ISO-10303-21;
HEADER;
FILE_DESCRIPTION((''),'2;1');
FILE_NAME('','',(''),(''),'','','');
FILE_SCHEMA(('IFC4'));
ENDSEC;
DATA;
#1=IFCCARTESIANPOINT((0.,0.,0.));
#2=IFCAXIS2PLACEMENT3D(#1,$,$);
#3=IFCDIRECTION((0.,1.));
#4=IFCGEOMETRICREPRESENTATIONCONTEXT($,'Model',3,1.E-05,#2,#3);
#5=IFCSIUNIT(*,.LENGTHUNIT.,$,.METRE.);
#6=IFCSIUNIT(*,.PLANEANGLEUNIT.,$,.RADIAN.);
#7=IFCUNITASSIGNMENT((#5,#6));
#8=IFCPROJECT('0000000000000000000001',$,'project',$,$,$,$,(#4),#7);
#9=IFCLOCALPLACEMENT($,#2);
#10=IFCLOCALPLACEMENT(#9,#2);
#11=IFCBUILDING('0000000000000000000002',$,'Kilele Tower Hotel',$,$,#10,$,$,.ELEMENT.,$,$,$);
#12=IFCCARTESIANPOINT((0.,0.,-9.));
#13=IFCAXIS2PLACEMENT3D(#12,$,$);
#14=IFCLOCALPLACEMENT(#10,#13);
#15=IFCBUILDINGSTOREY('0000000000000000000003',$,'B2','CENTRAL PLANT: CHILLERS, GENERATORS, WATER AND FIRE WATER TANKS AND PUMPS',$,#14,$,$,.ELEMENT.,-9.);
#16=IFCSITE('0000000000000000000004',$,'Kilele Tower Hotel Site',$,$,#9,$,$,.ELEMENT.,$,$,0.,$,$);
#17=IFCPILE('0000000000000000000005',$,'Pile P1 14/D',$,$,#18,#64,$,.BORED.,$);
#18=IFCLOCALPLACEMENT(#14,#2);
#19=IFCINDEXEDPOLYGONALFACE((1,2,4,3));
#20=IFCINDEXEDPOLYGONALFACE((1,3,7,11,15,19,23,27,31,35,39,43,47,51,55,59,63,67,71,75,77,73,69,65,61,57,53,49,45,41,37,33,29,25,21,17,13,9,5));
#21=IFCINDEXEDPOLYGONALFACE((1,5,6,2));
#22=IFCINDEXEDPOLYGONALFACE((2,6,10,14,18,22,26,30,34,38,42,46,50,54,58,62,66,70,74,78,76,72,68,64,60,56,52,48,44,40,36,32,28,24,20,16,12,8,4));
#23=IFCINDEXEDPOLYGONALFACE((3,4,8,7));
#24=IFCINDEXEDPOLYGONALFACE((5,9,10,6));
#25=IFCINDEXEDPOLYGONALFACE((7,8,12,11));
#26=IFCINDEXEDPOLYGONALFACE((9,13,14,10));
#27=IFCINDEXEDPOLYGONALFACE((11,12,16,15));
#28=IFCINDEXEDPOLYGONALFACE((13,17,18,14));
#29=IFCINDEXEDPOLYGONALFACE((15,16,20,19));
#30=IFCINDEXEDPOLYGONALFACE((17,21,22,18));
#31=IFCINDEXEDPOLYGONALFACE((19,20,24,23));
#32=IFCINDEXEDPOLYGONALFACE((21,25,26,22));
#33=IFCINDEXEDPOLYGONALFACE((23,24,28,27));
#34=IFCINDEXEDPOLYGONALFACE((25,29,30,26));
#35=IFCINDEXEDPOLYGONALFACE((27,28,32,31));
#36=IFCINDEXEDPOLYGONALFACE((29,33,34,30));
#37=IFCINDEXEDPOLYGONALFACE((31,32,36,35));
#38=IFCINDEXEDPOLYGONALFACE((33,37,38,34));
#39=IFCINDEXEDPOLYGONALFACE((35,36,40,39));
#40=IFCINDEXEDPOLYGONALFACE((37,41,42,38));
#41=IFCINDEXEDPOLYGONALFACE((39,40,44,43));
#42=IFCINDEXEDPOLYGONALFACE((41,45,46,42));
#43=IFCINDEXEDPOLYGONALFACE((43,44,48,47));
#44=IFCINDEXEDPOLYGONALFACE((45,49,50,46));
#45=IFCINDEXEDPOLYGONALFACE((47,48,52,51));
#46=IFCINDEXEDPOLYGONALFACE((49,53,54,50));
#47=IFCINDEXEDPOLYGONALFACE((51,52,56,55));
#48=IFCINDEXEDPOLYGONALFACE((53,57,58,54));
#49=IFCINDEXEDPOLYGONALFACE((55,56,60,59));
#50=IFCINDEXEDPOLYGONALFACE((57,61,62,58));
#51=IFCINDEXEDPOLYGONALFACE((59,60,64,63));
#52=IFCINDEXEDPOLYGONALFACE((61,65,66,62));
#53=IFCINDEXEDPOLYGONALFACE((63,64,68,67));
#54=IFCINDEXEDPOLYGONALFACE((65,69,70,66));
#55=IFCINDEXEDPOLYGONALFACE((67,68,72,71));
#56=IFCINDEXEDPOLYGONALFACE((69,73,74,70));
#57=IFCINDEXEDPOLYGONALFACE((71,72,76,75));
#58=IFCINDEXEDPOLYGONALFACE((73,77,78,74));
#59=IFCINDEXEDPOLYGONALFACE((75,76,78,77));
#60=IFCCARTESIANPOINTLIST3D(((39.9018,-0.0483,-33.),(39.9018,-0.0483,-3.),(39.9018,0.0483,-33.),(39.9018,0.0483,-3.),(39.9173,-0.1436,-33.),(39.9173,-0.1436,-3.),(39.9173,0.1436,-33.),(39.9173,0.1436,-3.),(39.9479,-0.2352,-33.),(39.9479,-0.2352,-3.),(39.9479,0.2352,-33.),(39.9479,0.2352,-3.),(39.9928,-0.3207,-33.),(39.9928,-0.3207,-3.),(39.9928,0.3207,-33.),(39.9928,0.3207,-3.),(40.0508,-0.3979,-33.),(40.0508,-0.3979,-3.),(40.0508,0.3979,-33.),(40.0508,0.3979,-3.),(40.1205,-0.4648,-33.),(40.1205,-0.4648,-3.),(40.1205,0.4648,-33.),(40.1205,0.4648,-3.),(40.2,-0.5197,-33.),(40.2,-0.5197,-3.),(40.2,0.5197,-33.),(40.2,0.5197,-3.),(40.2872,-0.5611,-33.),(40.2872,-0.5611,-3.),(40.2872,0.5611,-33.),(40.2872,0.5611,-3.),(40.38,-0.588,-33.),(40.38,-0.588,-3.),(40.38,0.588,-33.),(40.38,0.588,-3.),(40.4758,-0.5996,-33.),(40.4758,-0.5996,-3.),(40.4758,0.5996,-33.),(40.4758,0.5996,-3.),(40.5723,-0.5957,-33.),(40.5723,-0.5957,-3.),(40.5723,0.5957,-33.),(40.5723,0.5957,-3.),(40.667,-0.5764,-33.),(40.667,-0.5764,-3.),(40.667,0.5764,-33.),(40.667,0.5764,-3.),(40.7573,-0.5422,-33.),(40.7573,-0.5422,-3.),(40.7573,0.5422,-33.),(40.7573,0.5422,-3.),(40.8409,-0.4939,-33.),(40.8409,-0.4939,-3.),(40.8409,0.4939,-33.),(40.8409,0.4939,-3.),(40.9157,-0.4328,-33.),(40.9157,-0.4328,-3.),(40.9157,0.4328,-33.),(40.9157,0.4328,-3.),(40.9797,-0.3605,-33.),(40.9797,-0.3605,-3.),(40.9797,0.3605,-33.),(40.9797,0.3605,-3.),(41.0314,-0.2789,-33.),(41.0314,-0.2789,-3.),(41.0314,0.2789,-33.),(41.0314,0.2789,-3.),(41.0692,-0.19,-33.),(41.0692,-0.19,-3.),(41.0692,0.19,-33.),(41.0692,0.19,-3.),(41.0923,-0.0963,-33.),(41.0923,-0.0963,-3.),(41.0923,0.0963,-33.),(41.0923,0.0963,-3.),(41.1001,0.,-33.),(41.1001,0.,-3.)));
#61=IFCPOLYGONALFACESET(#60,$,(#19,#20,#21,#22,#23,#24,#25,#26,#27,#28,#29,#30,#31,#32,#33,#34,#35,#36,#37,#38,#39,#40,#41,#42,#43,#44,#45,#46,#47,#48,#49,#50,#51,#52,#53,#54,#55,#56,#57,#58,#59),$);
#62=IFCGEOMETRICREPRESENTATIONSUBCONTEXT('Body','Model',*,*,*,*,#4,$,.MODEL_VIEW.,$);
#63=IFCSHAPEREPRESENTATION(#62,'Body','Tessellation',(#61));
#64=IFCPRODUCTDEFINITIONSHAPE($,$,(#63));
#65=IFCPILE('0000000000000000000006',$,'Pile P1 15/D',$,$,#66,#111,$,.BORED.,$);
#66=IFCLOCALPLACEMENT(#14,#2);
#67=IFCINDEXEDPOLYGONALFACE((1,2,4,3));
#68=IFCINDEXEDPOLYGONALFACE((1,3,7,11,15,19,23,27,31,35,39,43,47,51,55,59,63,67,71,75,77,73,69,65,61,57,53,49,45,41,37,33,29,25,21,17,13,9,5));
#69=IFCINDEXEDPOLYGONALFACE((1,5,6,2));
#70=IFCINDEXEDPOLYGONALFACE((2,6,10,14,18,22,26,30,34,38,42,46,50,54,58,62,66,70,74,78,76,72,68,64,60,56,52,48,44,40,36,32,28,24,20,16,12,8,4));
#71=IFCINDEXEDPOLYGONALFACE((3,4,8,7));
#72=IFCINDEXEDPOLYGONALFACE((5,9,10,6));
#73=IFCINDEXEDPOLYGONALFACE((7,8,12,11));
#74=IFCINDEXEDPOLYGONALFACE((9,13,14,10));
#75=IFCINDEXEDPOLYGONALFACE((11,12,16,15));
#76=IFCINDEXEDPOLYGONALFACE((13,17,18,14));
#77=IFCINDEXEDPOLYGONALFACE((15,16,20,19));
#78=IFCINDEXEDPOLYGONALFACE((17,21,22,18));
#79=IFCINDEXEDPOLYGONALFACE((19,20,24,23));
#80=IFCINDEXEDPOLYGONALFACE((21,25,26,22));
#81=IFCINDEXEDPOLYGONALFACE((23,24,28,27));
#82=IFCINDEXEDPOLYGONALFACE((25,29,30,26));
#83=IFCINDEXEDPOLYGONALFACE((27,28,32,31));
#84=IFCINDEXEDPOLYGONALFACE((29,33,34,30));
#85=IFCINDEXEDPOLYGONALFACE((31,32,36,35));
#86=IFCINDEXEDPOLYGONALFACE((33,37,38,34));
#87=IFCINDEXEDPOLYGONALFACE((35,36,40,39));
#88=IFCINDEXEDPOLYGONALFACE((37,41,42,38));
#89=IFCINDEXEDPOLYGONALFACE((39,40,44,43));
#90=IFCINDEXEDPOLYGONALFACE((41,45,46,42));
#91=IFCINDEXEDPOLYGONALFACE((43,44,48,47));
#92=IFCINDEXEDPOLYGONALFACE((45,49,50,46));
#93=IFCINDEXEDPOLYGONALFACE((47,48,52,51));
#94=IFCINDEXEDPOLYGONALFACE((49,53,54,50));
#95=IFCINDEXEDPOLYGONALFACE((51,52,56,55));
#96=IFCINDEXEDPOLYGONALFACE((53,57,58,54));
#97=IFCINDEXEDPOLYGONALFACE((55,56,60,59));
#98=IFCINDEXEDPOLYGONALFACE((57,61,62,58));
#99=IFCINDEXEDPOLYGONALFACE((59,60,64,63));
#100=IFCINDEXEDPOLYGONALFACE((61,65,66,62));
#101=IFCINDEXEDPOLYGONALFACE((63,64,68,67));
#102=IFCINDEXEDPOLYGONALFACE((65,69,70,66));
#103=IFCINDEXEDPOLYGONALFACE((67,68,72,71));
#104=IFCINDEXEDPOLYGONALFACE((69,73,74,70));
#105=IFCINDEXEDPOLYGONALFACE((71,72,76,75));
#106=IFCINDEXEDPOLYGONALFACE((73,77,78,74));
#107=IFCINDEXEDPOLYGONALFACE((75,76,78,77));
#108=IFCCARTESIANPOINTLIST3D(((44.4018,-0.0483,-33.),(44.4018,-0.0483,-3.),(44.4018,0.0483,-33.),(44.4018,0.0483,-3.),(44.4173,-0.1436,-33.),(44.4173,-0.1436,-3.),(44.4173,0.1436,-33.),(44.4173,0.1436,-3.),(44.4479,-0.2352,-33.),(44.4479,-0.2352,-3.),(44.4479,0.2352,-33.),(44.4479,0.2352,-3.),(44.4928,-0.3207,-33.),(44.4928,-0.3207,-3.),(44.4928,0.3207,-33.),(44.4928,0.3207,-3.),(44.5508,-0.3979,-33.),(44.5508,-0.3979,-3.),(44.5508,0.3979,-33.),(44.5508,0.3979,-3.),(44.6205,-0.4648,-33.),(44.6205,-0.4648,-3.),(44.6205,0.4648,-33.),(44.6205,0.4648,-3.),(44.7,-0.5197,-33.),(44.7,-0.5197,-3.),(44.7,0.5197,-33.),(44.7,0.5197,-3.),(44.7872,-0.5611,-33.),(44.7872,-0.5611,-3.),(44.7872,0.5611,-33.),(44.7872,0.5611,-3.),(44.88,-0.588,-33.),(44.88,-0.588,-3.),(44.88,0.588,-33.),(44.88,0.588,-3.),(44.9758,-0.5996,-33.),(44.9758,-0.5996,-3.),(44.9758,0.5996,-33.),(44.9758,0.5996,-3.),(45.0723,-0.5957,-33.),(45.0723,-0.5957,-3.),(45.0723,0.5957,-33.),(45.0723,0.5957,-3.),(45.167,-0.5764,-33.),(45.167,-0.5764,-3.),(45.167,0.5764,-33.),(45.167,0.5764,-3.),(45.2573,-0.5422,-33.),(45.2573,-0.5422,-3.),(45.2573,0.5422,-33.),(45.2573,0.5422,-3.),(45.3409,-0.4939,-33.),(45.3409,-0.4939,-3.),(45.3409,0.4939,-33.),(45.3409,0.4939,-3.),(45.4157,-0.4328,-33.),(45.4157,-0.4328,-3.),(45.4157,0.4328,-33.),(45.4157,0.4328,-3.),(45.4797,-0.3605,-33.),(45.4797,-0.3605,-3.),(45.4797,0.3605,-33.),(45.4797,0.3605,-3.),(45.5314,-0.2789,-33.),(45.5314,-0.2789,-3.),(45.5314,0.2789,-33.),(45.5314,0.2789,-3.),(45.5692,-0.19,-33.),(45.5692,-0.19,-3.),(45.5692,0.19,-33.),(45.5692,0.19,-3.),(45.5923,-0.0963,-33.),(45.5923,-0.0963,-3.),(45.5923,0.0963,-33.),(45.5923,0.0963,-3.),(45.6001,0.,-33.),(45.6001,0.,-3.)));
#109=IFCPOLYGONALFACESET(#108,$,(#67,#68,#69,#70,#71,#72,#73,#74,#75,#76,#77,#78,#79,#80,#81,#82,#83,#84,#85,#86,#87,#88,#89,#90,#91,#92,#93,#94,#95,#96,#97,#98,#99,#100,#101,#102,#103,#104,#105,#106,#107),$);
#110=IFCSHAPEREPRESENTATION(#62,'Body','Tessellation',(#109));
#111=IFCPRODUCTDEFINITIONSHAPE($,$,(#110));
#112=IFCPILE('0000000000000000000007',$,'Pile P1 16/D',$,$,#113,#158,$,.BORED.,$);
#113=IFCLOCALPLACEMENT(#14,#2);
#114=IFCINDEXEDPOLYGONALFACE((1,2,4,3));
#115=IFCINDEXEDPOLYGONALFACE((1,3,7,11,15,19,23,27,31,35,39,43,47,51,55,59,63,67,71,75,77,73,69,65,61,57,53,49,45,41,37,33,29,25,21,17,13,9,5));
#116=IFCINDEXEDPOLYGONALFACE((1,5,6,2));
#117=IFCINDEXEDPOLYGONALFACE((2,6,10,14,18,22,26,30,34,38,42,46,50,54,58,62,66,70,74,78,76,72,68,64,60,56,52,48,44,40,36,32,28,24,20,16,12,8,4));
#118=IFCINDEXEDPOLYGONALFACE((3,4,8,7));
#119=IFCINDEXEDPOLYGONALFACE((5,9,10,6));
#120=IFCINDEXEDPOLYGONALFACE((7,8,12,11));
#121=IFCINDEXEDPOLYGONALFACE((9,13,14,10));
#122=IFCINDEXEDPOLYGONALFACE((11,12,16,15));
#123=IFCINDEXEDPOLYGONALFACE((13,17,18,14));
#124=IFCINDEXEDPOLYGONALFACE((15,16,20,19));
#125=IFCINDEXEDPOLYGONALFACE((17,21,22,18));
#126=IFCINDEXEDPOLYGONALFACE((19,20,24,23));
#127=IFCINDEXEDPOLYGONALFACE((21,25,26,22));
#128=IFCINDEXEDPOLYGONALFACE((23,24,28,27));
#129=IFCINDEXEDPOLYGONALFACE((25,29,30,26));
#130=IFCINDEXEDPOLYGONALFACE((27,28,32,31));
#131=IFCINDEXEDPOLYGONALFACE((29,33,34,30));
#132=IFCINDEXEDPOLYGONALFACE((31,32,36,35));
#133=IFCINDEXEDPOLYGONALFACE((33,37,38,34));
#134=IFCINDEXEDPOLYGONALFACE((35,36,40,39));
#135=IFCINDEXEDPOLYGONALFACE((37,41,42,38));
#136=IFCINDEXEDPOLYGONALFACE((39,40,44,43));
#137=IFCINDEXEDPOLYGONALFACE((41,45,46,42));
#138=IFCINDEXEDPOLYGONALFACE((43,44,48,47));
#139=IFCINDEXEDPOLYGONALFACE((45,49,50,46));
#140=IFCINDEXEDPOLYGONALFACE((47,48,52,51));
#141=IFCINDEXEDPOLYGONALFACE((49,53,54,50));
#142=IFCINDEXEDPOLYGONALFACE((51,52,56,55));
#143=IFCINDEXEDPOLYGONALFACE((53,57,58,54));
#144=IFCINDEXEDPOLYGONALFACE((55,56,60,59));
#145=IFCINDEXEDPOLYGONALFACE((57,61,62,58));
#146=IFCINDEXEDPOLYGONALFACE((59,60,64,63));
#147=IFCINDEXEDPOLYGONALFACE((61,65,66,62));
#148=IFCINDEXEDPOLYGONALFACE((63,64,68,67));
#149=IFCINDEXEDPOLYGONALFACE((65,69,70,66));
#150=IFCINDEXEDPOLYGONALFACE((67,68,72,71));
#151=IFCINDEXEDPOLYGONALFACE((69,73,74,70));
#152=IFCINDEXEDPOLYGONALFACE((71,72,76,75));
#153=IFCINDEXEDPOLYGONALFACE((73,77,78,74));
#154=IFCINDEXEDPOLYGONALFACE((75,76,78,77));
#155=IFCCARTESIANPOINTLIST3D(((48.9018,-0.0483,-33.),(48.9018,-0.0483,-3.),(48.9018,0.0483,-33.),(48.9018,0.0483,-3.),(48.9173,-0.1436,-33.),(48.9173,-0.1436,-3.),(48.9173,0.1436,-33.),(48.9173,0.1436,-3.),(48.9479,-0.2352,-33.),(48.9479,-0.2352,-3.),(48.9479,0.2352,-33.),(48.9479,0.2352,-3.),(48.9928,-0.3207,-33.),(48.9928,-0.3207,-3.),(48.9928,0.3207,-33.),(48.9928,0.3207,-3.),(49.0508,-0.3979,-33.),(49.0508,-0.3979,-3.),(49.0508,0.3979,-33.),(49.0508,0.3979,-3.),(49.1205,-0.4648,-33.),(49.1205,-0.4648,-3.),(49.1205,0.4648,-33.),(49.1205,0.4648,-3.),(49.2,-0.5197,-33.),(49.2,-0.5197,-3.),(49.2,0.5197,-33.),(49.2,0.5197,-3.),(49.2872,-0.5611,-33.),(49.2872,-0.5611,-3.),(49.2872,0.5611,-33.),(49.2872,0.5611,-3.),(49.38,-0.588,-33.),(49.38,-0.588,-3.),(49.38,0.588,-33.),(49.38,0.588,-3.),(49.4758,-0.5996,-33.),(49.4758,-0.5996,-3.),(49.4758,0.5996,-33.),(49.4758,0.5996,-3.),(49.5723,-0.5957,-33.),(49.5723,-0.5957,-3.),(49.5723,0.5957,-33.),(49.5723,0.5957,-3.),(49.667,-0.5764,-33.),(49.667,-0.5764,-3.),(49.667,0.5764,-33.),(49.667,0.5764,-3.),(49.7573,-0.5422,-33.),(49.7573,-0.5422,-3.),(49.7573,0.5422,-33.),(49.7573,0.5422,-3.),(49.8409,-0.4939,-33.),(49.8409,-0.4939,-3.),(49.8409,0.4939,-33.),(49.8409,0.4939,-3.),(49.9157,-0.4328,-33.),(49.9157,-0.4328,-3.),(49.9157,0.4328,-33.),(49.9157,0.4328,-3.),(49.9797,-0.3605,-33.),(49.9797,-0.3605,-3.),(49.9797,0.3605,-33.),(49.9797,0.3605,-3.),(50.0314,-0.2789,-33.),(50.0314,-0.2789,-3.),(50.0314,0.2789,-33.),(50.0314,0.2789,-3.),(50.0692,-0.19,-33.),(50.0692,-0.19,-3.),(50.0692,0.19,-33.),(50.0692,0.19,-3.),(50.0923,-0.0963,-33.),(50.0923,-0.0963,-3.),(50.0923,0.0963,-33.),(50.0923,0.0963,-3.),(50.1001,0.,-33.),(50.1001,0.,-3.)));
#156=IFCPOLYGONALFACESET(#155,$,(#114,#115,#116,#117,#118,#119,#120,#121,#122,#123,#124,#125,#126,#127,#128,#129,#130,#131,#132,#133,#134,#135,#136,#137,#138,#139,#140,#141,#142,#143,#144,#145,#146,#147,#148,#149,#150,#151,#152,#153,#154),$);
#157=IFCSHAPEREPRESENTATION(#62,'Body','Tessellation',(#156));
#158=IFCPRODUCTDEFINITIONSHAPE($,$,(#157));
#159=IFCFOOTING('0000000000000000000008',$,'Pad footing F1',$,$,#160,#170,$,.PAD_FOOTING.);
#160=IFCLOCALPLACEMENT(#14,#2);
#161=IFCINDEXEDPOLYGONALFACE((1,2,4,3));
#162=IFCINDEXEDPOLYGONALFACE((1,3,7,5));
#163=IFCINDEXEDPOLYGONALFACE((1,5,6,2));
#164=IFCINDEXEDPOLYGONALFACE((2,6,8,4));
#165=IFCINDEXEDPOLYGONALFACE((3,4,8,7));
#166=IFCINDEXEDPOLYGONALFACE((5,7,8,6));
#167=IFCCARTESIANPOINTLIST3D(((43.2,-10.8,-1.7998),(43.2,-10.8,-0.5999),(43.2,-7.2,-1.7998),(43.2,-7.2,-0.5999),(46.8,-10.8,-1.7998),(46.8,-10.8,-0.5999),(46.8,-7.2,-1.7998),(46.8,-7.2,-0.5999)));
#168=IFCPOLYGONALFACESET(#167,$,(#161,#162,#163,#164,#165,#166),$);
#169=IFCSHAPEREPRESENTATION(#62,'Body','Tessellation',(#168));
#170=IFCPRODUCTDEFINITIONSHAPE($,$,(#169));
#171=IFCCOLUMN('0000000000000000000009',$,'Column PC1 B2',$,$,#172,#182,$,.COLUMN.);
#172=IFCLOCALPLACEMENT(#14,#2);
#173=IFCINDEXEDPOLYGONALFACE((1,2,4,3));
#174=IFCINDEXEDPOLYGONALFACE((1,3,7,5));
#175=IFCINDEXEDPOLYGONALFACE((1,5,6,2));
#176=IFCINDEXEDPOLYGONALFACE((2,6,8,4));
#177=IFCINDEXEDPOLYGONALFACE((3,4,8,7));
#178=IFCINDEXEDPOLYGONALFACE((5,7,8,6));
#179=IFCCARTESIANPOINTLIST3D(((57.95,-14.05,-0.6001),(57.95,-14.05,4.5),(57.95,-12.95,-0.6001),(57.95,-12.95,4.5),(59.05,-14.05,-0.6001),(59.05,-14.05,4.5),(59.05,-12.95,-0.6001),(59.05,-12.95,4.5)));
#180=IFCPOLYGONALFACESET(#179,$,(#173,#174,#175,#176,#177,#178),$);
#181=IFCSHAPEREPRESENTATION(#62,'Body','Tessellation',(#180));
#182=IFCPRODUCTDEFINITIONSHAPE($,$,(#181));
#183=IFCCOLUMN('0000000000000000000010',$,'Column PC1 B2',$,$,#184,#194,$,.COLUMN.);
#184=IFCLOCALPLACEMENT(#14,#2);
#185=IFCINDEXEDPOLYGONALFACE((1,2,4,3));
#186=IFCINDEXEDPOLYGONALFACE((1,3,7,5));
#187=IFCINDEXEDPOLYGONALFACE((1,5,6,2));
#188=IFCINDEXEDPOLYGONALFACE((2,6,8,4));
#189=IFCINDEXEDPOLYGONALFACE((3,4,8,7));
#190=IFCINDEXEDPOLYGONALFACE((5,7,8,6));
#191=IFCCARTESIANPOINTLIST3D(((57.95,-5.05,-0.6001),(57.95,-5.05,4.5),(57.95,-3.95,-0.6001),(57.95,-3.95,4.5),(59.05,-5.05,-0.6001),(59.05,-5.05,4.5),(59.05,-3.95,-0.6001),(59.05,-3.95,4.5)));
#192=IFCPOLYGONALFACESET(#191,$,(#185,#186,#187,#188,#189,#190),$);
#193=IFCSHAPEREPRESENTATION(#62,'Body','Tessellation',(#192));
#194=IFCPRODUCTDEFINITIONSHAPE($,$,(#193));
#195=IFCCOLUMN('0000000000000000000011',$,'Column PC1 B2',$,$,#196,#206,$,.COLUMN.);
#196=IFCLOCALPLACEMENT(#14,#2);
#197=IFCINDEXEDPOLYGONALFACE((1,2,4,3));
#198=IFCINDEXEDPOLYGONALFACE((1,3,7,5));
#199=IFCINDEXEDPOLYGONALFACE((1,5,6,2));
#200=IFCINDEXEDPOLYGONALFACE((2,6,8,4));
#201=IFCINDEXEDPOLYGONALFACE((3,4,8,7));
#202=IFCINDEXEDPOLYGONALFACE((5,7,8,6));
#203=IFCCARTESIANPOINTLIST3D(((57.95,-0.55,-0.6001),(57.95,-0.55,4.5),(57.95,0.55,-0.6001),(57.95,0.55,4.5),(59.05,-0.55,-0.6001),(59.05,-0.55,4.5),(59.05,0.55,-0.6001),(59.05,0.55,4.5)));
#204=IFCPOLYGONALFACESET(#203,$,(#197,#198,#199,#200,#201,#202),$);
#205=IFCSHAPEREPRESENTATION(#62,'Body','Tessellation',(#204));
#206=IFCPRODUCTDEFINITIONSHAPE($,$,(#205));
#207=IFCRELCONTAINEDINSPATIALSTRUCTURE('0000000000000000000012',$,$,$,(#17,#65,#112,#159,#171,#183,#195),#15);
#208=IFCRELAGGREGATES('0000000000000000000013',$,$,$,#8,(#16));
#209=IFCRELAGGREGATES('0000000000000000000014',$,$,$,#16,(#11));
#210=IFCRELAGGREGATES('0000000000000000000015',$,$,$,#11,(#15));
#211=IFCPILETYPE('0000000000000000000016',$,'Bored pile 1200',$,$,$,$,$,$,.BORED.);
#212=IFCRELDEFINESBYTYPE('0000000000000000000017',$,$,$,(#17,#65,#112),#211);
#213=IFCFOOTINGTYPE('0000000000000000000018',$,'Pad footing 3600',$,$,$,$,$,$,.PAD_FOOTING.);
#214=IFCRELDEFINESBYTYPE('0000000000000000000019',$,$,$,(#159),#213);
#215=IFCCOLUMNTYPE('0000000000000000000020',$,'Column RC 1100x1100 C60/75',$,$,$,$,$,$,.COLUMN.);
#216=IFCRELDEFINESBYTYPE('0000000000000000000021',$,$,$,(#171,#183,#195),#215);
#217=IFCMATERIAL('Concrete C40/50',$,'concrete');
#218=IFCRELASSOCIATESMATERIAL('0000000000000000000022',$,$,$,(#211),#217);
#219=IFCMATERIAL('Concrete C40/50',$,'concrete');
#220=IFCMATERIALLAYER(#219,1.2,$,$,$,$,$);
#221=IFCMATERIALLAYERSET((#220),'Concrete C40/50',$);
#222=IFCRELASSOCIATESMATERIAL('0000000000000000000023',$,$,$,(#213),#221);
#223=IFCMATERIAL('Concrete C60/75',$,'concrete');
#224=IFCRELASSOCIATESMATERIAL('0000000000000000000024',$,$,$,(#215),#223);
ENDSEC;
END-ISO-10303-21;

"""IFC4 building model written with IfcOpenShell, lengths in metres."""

from ifc_helpers import new_model, si_unit, direction, frame, origin, origin_2d, place, context, subcontext, project, spatial, rectangle, circle, extrude, material, layer, layer_set, material_profile, profile_set, type_object, element, save


model = new_model("IFC4")

# Units and contexts
model_context = context("Model", 3, precision=1e-05, world=origin(), true_north=direction((0.0, 1.0)))
body_context = subcontext(model_context, "Body", "Model", "MODEL_VIEW")
ifc_project = project(units=[si_unit("LENGTHUNIT", "METRE"), si_unit("PLANEANGLEUNIT", "RADIAN")], contexts=[model_context])

# Site, building, storey
site_placement = place(None, origin())
site = spatial("IfcSite", under=ifc_project, at=site_placement, Name="Kilele Tower Hotel Site", CompositionType="ELEMENT", RefElevation=0.0)
building_placement = place(site_placement, origin())
building = spatial("IfcBuilding", under=site, at=building_placement, Name="Kilele Tower Hotel", CompositionType="ELEMENT")
storey_placement = place(building_placement, frame((0.0, 0.0, -9.0)))
storey = spatial("IfcBuildingStorey", under=building, at=storey_placement, Name="B2", Description="CENTRAL PLANT: CHILLERS, GENERATORS, WATER AND FIRE WATER TANKS AND PUMPS", CompositionType="ELEMENT", Elevation=-9.0)

# Piles
ifc_material_1 = material(Name="Concrete C40/50", Category="concrete")
ifc_material_profile_1 = material_profile(ifc_material_1, circle(Radius=0.6001, at=origin_2d()))
ifc_profile_set_1 = profile_set([ifc_material_profile_1], Name="Concrete C40/50")
pile_type = type_object("IfcPileType", Name="Bored pile 1200", PredefinedType="BORED", material=ifc_profile_set_1)
for number, where, z_axis, x_axis, name in (
    (1, (40.5, 0.0, -3.0), (0.0, 0.0, -1.0), (1.0, 0.0, 0.0), "Pile P1 14/D"),
    (2, (45.0, 0.0, -3.0), (0.0, 0.0, -1.0), (1.0, 0.0, 0.0), "Pile P1 15/D"),
    (3, (49.5, 0.0, -3.0), (0.0, 0.0, -1.0), (1.0, 0.0, 0.0), "Pile P1 16/D"),
):
    element("IfcPile", number, at=place(storey_placement, frame(where, z_axis=z_axis, x_axis=x_axis)), inside=storey, type_object=pile_type, Name=name, PredefinedType="BORED", context=body_context, shape_type="SweptSolid", body=[
        extrude(circle(Radius=0.6001, at=origin_2d()), origin(), (0.0, 0.0, 1.0), 30.0),
    ])

# Footing
ifc_material_2 = material(Name="Concrete C40/50", Category="concrete")
ifc_layer_1 = layer(ifc_material_2, 1.2)
ifc_layer_set_1 = layer_set([ifc_layer_1], Name="Concrete C40/50")
footing_type = type_object("IfcFootingType", Name="Pad footing 3600", PredefinedType="PAD_FOOTING", material=ifc_layer_set_1)
footing_placement = place(storey_placement, frame((45.0, -9.0, -1.7998), z_axis=(0.0, 0.0, 1.0), x_axis=(1.0, 0.0, 0.0)))
element("IfcFooting", 4, at=footing_placement, inside=storey, type_object=footing_type, Name="Pad footing F1", PredefinedType="PAD_FOOTING", context=body_context, shape_type="SweptSolid", body=[
    extrude(rectangle(XDim=3.6001, YDim=3.6001, at=origin_2d()), origin(), (0.0, 0.0, 1.0), 1.2),
])

# Columns
ifc_material_3 = material(Name="Concrete C60/75", Category="concrete")
ifc_material_profile_2 = material_profile(ifc_material_3, rectangle(XDim=1.1001, YDim=1.1001, at=origin_2d()))
ifc_profile_set_2 = profile_set([ifc_material_profile_2], Name="Concrete C60/75")
column_type_1 = type_object("IfcColumnType", Name="Column RC 1100x1100 C60/75", PredefinedType="COLUMN", material=ifc_profile_set_2)
for number, where, z_axis, x_axis, name in (
    (5, (58.5, -13.5, -0.6001), (0.0, 0.0, 1.0), (1.0, 0.0, 0.0), "Column PC1 B2"),
    (6, (58.5, -4.5, -0.6001), (0.0, 0.0, 1.0), (1.0, 0.0, 0.0), "Column PC1 B2"),
    (7, (58.5, 0.0, -0.6001), (0.0, 0.0, 1.0), (1.0, 0.0, 0.0), "Column PC1 B2"),
):
    element("IfcColumn", number, at=place(storey_placement, frame(where, z_axis=z_axis, x_axis=x_axis)), inside=storey, type_object=column_type_1, Name=name, PredefinedType="COLUMN", context=body_context, shape_type="SweptSolid", body=[
        extrude(rectangle(XDim=1.1001, YDim=1.1001, at=origin_2d()), origin(), (0.0, 0.0, 1.0), 5.1001),
    ])

save(model, "model.ifc")
